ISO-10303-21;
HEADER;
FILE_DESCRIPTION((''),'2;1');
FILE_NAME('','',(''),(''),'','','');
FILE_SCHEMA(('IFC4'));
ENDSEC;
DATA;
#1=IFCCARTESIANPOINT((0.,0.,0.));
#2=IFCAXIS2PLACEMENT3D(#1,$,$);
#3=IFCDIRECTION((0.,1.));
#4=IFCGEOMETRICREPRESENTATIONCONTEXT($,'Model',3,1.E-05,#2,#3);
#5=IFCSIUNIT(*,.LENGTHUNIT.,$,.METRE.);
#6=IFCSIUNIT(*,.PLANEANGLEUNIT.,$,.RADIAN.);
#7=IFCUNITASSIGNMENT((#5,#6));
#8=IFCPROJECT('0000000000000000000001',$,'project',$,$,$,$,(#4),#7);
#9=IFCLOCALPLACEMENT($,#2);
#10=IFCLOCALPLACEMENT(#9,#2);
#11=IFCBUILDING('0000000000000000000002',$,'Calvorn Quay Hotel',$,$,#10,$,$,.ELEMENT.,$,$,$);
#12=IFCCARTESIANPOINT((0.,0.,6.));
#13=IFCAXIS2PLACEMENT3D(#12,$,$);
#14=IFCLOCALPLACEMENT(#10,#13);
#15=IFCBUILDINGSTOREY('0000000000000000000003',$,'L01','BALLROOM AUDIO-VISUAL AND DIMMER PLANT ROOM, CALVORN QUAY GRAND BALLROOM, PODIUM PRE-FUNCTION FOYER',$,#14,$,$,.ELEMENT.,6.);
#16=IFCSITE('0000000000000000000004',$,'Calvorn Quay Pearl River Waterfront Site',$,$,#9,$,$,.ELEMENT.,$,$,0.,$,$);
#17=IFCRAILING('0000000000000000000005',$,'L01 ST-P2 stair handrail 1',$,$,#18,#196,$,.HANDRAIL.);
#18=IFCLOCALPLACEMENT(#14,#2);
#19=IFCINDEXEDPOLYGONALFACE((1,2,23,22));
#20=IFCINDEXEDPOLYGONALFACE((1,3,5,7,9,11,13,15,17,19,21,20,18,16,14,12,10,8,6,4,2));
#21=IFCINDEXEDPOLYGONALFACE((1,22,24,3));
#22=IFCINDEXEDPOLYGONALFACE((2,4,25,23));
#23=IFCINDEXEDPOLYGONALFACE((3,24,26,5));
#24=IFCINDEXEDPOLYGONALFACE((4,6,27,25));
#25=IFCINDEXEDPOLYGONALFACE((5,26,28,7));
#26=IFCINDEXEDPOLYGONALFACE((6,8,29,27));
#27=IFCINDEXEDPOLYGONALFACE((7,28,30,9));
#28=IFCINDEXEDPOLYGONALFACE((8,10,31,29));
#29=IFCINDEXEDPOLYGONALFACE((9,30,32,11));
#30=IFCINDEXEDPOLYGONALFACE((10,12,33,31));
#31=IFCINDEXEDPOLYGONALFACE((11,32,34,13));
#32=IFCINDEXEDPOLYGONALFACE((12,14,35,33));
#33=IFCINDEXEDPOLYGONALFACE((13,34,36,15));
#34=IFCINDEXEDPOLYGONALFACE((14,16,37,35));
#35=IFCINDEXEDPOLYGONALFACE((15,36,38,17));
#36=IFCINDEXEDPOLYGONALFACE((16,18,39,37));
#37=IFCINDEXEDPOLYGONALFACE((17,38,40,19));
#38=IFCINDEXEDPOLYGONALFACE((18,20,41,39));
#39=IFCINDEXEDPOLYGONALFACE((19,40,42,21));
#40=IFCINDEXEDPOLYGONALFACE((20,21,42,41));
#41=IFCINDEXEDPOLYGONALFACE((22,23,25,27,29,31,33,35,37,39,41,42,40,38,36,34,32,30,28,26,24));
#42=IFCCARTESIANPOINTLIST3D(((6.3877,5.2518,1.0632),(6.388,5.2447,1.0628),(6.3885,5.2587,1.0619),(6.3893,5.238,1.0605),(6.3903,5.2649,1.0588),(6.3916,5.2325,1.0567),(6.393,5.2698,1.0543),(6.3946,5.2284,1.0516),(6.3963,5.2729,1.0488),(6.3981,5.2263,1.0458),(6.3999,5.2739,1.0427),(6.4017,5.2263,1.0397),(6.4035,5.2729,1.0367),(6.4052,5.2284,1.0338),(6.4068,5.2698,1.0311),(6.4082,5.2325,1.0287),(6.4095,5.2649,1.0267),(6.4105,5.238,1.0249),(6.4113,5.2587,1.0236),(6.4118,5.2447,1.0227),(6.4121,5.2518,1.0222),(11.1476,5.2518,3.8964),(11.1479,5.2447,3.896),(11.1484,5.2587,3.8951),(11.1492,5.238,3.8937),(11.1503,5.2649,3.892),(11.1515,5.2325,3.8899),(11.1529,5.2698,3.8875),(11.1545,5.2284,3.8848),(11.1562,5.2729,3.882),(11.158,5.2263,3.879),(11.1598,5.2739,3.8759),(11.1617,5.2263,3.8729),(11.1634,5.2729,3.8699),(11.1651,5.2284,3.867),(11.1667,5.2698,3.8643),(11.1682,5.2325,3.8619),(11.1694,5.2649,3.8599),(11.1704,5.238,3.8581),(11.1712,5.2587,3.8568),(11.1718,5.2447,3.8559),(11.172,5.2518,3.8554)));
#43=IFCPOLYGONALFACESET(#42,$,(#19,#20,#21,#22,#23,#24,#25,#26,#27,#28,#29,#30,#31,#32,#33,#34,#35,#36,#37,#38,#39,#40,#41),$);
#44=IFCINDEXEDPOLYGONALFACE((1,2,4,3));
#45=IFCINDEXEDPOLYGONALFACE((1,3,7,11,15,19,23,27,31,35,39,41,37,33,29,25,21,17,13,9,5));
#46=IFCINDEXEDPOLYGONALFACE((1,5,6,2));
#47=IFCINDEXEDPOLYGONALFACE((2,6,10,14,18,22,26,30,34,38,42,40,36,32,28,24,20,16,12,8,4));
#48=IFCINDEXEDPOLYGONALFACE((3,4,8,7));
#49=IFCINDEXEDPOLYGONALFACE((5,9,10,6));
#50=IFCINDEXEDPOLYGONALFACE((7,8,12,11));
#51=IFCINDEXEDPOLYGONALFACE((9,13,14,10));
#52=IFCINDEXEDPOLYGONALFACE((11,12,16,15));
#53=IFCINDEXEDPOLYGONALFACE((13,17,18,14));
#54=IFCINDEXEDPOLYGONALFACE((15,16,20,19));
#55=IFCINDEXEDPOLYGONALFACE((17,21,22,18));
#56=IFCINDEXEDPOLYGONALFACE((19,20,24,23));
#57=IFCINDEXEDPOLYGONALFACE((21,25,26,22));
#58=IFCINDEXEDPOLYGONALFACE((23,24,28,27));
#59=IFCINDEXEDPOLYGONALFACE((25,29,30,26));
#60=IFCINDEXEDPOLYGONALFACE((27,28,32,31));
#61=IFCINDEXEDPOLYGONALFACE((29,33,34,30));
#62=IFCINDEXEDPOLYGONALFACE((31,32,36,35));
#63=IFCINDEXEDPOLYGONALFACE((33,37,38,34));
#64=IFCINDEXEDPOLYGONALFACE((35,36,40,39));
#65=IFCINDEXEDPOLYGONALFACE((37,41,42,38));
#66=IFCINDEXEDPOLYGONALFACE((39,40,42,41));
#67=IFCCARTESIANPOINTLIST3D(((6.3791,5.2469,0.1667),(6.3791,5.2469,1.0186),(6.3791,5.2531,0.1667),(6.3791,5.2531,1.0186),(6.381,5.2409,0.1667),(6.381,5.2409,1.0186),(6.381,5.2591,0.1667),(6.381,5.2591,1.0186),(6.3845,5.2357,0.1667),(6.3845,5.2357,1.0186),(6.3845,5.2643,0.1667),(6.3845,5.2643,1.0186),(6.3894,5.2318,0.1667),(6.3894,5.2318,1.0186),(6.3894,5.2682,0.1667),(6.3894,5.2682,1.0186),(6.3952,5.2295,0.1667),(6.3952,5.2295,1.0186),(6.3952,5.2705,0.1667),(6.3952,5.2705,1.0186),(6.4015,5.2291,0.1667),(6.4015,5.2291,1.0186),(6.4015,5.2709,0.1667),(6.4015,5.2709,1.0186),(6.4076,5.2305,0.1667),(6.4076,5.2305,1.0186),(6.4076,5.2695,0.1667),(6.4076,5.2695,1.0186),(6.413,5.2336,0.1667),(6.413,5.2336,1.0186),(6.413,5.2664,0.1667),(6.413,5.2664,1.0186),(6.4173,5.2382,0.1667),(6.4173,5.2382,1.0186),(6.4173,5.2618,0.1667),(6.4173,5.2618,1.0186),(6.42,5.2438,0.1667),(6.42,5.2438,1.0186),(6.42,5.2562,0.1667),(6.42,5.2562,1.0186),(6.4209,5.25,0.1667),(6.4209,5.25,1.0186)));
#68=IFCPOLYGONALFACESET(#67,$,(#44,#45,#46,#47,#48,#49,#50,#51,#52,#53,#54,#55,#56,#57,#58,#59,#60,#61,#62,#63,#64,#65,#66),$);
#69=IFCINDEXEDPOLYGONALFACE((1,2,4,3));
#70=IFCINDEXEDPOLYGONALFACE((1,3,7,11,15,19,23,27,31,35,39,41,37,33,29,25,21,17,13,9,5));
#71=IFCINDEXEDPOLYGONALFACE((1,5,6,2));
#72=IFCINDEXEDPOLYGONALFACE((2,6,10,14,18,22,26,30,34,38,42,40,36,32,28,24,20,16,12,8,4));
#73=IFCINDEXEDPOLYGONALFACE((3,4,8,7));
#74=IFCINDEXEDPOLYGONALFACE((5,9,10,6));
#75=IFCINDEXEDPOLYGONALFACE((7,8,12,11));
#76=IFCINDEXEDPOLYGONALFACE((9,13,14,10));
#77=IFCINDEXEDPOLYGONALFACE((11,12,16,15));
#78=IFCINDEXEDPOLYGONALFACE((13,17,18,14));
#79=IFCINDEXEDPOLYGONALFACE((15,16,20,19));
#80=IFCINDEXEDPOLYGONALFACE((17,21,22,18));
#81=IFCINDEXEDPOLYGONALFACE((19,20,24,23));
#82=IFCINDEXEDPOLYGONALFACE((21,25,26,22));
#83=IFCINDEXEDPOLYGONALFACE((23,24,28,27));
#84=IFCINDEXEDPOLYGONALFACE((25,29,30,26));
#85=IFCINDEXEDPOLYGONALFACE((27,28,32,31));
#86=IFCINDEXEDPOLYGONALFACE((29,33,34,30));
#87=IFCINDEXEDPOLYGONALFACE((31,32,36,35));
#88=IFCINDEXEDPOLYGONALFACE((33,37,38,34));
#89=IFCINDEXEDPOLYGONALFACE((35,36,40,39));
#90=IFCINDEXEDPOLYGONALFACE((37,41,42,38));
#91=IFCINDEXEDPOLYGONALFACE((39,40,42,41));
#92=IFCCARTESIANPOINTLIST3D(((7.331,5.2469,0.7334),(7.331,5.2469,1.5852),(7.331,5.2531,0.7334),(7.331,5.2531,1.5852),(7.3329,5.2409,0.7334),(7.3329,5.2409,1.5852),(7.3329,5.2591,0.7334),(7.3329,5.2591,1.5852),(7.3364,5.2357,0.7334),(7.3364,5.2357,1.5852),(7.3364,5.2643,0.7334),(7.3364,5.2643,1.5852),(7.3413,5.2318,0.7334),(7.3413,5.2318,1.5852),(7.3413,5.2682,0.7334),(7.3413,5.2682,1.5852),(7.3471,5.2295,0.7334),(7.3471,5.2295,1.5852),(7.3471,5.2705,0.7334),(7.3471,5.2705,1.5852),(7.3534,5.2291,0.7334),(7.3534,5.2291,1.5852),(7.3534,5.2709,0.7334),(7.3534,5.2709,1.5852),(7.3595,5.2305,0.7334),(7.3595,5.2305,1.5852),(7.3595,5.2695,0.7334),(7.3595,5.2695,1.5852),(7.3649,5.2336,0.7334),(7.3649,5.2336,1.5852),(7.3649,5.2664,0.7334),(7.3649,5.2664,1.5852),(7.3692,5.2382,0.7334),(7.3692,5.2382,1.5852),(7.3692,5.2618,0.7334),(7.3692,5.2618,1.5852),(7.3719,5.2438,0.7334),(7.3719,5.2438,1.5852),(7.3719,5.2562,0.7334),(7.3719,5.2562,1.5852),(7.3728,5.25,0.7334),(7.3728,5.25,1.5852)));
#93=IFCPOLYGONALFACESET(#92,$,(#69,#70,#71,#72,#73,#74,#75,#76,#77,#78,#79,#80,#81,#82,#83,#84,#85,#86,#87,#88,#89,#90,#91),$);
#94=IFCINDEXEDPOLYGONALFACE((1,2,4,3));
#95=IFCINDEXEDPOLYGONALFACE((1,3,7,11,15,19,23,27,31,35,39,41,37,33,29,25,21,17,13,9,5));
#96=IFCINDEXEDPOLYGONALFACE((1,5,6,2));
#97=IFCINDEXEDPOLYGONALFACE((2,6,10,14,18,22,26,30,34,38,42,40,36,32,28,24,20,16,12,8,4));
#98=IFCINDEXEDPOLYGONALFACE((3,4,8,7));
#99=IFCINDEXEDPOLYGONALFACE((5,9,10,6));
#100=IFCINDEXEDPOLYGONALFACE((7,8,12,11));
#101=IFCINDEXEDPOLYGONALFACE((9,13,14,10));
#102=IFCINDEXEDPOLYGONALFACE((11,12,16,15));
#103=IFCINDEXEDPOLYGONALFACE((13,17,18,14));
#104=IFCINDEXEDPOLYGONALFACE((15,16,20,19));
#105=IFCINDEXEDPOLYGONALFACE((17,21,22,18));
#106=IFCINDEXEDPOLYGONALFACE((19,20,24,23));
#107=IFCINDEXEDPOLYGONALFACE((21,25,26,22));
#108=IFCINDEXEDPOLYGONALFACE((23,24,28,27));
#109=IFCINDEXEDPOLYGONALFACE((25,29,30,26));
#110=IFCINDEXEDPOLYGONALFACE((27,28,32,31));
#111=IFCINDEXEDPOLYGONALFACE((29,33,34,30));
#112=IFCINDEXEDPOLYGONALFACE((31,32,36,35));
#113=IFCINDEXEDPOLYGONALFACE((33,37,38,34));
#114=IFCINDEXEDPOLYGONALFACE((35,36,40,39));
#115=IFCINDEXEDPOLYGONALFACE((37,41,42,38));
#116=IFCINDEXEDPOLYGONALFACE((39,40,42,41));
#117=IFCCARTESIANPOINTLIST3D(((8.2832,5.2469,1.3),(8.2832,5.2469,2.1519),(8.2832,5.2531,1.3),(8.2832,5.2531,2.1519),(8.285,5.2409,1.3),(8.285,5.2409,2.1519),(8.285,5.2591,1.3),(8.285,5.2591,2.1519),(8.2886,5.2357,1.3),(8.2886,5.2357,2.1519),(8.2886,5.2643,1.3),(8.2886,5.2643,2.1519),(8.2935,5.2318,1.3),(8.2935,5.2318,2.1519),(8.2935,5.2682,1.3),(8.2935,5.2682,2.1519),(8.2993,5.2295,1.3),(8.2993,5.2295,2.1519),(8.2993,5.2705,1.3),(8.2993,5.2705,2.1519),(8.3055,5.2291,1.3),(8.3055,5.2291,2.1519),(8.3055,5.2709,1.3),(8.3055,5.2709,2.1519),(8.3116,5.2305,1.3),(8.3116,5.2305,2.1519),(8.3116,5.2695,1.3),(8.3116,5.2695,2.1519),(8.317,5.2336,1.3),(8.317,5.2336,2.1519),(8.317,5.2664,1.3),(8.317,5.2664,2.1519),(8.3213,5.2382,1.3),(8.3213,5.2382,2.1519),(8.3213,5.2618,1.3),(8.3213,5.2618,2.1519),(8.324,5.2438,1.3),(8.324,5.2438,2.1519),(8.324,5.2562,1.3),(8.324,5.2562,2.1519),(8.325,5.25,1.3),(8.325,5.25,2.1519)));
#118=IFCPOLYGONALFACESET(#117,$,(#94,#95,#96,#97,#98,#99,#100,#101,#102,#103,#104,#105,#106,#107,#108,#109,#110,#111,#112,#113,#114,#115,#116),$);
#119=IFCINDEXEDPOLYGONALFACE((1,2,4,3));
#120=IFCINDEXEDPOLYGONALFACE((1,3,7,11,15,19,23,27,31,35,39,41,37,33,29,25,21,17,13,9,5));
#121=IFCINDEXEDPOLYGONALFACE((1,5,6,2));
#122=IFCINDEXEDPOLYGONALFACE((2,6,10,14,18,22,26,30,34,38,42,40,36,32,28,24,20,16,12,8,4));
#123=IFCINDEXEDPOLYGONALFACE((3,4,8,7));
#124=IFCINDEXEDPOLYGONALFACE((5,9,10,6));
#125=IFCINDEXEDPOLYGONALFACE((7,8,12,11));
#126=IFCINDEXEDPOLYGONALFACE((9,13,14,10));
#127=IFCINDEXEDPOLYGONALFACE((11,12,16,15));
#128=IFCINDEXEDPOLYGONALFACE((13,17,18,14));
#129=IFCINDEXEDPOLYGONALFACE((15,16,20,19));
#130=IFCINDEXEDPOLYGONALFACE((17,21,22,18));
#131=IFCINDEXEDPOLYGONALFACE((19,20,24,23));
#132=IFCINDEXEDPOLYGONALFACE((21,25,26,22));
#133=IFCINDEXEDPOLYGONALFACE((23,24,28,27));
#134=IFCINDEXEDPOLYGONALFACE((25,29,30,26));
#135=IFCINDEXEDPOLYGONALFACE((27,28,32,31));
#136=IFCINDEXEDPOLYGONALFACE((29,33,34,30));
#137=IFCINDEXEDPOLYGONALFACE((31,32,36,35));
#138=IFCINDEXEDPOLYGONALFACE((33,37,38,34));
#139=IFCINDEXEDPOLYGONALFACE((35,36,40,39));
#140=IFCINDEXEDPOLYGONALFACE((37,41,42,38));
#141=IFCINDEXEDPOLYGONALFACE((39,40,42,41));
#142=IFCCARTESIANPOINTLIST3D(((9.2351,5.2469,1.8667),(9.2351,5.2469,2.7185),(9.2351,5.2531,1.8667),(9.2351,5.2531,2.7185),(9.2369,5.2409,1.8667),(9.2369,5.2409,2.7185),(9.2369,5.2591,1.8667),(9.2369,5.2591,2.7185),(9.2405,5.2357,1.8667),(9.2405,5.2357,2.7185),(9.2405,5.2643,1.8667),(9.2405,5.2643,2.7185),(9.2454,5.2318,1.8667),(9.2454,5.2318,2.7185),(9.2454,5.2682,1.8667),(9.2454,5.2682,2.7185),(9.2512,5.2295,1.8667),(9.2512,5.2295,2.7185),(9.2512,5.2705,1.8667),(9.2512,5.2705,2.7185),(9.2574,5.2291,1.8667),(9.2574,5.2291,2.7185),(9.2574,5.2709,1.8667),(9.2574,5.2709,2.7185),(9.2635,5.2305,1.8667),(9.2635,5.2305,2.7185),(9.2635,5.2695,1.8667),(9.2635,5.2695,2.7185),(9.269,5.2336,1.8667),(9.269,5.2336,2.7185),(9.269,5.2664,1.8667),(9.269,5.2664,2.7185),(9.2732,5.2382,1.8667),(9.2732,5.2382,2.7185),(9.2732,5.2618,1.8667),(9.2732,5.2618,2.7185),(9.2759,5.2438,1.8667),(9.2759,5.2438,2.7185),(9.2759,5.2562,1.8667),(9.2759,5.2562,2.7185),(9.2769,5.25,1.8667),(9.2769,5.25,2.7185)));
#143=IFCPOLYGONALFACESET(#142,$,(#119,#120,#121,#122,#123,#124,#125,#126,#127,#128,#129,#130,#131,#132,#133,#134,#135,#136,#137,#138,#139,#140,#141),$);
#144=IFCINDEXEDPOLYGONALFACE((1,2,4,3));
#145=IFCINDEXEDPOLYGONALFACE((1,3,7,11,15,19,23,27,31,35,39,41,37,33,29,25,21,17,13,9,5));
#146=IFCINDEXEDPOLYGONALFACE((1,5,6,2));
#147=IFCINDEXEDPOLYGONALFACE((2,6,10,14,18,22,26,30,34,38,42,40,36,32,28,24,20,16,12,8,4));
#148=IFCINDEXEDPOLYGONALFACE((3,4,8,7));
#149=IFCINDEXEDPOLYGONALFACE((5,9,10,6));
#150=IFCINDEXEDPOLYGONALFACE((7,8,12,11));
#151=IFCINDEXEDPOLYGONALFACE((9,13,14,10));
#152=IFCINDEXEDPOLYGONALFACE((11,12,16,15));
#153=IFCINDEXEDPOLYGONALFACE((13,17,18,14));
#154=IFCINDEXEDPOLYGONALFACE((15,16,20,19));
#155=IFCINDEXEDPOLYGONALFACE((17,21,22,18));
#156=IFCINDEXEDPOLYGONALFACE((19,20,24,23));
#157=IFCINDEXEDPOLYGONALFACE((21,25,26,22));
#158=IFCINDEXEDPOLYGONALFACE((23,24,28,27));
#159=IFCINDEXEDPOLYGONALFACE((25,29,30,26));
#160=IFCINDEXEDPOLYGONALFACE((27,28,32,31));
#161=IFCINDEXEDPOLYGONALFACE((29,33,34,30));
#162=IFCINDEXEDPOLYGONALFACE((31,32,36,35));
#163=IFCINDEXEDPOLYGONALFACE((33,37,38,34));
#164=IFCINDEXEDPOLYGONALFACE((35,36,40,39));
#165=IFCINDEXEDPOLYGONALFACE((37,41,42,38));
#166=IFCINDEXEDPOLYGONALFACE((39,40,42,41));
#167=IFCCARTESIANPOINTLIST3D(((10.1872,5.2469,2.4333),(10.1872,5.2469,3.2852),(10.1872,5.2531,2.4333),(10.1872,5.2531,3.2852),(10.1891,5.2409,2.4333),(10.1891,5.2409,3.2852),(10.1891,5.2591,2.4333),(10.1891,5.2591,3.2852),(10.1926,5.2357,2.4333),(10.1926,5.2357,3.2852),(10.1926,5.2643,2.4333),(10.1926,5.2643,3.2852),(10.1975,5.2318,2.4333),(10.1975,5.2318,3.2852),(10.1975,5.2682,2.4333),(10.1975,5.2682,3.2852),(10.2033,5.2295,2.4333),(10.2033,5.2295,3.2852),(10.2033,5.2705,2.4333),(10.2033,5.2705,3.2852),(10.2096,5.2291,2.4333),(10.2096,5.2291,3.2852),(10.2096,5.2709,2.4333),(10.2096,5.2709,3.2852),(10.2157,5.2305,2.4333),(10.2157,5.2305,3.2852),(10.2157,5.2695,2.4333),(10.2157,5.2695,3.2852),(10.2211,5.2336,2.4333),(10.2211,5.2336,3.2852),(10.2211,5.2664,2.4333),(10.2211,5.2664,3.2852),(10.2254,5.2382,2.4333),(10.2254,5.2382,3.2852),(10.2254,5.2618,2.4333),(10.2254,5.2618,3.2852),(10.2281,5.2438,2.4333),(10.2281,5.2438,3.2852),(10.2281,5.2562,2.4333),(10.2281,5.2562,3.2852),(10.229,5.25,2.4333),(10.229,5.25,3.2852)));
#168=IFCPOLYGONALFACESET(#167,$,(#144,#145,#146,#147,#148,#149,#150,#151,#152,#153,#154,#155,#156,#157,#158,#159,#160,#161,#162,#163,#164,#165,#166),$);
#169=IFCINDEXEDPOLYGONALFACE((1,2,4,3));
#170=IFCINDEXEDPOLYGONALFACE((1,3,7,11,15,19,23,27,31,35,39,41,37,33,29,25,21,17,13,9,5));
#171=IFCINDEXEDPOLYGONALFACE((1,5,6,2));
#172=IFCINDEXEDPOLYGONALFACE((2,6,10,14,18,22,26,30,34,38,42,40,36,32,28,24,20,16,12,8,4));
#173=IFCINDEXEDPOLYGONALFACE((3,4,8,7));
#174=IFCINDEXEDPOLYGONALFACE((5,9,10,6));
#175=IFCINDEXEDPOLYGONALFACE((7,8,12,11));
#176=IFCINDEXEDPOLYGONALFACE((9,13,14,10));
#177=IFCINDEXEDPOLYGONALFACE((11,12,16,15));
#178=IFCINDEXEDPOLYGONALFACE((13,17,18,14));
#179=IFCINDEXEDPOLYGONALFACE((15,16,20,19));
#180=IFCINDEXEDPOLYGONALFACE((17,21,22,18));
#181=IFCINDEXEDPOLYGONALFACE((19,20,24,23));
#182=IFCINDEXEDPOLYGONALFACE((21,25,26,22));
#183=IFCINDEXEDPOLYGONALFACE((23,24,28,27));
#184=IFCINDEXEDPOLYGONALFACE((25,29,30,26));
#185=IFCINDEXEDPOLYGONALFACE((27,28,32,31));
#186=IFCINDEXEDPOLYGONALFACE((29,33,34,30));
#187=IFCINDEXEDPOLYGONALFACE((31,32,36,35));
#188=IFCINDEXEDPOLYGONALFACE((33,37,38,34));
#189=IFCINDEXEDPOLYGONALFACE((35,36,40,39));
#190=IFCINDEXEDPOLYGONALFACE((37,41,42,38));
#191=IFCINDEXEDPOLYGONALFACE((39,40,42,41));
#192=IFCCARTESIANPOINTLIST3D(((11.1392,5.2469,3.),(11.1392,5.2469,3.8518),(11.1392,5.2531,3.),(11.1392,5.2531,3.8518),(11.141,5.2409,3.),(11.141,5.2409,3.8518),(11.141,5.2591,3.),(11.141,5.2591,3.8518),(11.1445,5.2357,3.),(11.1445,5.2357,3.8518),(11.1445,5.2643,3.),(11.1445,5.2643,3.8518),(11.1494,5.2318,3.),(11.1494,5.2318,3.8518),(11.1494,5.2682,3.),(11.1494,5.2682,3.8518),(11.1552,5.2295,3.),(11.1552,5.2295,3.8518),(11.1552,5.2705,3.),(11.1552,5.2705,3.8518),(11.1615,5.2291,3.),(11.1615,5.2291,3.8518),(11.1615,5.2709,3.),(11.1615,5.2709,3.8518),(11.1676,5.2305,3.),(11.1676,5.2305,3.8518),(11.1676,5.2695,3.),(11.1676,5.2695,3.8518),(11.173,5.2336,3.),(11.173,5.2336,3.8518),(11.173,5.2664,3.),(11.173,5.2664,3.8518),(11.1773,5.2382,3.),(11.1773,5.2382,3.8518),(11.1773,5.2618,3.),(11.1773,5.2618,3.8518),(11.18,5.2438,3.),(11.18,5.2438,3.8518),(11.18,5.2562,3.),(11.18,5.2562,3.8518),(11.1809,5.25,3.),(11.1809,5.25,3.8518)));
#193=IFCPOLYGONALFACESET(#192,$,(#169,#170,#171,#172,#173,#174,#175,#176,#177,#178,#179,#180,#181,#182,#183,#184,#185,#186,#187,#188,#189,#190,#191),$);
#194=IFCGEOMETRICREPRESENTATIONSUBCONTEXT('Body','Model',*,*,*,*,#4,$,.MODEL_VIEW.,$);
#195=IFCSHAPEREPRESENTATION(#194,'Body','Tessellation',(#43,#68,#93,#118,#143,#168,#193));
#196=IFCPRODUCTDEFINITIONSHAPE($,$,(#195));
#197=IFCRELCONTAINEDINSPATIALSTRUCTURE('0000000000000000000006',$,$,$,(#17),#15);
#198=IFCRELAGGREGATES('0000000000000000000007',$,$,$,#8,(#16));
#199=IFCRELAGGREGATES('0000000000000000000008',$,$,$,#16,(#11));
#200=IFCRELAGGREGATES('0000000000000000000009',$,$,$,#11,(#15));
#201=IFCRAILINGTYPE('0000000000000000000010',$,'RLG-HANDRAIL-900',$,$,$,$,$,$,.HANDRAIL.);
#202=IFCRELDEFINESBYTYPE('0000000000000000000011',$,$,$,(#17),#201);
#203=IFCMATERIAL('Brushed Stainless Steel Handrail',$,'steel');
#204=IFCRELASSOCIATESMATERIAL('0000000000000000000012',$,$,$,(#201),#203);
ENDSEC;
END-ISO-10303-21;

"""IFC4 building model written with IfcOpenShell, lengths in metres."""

from ifc_helpers import new_model, si_unit, direction, frame, origin, origin_2d, place, context, subcontext, project, spatial, circle, extrude, material, type_object, element, save


model = new_model("IFC4")

# Units and contexts
model_context = context("Model", 3, precision=1e-05, world=origin(), true_north=direction((0.0, 1.0)))
body_context = subcontext(model_context, "Body", "Model", "MODEL_VIEW")
ifc_project = project(units=[si_unit("LENGTHUNIT", "METRE"), si_unit("PLANEANGLEUNIT", "RADIAN")], contexts=[model_context])

# Site, building, storey
site_placement = place(None, origin())
site = spatial("IfcSite", under=ifc_project, at=site_placement, Name="Calvorn Quay Pearl River Waterfront Site", CompositionType="ELEMENT", RefElevation=0.0)
building_placement = place(site_placement, origin())
building = spatial("IfcBuilding", under=site, at=building_placement, Name="Calvorn Quay Hotel", CompositionType="ELEMENT")
storey_placement = place(building_placement, frame((0.0, 0.0, 6.0)))
storey = spatial("IfcBuildingStorey", under=building, at=storey_placement, Name="L01", Description="BALLROOM AUDIO-VISUAL AND DIMMER PLANT ROOM, CALVORN QUAY GRAND BALLROOM, PODIUM PRE-FUNCTION FOYER", CompositionType="ELEMENT", Elevation=6.0)

# Railing
ifc_material_1 = material(Name="Brushed Stainless Steel Handrail", Category="steel")
railing_type_1 = type_object("IfcRailingType", Name="RLG-HANDRAIL-900", PredefinedType="HANDRAIL", material=ifc_material_1)
railing_1_placement = place(storey_placement, frame((6.3999, 5.25, 0.1667)))
element("IfcRailing", 1, at=railing_1_placement, inside=storey, type_object=railing_type_1, Name="L01 ST-P2 stair handrail 1", PredefinedType="HANDRAIL", context=body_context, shape_type="SweptSolid", body=[
    extrude(circle(Radius=0.0239, at=origin_2d()), frame((0.0, 0.0, 0.876), z_axis=(0.8593, 0.0, 0.511472), x_axis=(0.0, 1.0, 0.0)), (0.0, 0.0, 1.0), 5.5393),
    extrude(circle(Radius=0.021, at=origin_2d()), origin(), (0.0, 0.0, 1.0), 0.8518),
    extrude(circle(Radius=0.021, at=origin_2d()), frame((0.9519, 0.0, 0.5667)), (0.0, 0.0, 1.0), 0.8518),
    extrude(circle(Radius=0.021, at=origin_2d()), frame((1.9041, 0.0, 1.1333)), (0.0, 0.0, 1.0), 0.8518),
    extrude(circle(Radius=0.021, at=origin_2d()), frame((2.856, 0.0, 1.7)), (0.0, 0.0, 1.0), 0.8518),
    extrude(circle(Radius=0.021, at=origin_2d()), frame((3.8081, 0.0, 2.2666)), (0.0, 0.0, 1.0), 0.8518),
    extrude(circle(Radius=0.021, at=origin_2d()), frame((4.76, 0.0, 2.8333)), (0.0, 0.0, 1.0), 0.8518),
])

save(model, "model.ifc")
